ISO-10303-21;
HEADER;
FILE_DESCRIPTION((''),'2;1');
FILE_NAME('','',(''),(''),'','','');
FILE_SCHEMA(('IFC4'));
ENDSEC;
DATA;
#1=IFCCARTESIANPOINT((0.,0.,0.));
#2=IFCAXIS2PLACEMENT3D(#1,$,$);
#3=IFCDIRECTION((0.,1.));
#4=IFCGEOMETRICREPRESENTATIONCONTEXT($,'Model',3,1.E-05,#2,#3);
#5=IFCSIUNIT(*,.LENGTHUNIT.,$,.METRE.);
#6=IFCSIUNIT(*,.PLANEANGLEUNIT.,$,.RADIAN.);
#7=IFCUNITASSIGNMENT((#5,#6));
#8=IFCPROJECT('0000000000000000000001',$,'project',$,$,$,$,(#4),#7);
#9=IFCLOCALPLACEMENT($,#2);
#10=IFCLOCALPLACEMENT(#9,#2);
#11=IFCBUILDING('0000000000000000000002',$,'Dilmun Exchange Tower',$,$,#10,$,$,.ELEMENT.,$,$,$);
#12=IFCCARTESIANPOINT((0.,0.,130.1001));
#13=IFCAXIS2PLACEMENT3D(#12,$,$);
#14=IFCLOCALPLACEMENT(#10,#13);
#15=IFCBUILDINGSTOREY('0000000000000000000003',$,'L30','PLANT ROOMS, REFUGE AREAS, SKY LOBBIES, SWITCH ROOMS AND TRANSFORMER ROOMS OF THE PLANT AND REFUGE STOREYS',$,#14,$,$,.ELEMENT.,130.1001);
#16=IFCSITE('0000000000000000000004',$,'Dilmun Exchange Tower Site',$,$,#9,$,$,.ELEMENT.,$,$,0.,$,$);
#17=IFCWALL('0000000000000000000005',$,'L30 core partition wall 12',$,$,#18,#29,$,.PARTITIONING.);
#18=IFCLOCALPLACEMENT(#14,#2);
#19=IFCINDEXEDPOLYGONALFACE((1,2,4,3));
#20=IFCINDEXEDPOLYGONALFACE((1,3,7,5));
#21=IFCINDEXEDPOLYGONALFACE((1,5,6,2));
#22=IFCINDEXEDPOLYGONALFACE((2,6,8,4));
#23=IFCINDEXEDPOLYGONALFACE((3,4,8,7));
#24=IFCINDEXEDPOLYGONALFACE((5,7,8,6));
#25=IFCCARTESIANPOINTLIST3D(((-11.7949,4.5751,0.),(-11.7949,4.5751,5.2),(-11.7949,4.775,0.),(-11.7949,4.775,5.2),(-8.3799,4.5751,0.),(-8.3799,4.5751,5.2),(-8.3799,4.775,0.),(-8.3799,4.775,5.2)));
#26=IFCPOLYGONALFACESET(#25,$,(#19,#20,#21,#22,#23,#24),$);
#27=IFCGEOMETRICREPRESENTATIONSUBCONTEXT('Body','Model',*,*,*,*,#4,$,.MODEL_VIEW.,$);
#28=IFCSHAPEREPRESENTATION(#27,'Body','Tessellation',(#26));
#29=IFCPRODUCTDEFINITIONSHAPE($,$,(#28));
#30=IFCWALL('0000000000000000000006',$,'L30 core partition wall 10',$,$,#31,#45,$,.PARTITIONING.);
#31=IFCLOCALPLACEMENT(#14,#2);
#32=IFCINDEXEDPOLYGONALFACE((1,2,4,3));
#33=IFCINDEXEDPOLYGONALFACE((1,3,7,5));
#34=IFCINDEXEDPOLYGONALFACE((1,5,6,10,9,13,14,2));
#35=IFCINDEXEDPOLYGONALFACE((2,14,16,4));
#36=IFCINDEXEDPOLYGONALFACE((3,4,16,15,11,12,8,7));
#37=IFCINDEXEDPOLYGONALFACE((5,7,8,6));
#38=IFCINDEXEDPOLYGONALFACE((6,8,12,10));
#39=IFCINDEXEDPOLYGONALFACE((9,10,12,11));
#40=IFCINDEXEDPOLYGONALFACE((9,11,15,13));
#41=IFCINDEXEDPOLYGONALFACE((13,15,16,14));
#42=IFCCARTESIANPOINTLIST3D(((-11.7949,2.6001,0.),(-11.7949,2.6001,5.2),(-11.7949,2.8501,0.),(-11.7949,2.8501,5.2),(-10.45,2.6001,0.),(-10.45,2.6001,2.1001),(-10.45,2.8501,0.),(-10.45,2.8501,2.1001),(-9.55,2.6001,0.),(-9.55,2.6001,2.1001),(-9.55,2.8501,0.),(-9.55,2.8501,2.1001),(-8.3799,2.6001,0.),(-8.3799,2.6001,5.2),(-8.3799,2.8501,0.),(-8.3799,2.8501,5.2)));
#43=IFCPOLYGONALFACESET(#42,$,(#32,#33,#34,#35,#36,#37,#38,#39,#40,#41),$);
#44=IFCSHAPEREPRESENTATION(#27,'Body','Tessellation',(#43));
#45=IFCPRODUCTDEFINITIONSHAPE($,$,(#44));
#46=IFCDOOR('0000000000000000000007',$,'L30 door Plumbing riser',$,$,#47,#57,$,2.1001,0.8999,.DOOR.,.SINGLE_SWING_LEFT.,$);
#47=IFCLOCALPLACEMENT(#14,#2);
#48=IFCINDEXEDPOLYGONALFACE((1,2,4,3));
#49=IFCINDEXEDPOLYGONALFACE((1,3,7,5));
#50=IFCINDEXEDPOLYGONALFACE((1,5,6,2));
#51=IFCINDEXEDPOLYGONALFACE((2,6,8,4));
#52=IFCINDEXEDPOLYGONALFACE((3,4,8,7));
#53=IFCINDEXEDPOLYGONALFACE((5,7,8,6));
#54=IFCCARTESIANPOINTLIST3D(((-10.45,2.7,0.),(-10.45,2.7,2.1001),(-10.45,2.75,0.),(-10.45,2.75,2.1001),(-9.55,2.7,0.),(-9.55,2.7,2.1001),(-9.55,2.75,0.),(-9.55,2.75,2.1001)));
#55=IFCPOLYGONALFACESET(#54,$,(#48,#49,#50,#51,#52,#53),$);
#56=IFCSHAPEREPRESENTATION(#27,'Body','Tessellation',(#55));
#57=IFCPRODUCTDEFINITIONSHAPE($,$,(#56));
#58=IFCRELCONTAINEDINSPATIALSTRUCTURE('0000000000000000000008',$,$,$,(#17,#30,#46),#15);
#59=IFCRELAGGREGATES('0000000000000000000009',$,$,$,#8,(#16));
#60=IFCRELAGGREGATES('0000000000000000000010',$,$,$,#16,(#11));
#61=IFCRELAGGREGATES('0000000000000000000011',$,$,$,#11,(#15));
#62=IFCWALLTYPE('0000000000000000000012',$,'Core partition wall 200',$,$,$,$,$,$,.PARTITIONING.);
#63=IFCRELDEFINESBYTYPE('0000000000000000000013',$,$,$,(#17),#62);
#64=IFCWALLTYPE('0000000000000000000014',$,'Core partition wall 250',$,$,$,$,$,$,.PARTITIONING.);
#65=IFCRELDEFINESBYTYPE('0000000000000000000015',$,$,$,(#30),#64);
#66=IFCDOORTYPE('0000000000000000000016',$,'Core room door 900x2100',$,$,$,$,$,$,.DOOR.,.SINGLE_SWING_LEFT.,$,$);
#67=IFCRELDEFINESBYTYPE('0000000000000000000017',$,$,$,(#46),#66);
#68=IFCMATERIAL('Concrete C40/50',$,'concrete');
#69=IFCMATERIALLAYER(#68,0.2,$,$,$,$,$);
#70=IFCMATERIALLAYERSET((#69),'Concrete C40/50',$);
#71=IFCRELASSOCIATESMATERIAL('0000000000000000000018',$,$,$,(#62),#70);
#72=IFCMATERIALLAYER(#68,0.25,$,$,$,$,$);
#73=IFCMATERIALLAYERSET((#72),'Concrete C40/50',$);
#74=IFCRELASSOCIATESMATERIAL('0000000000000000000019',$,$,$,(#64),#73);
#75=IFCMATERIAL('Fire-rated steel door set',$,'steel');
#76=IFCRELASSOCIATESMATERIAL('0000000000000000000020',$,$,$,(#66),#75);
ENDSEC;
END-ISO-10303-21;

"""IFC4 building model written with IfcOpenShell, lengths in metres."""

from ifc_helpers import new_model, si_unit, direction, frame, frame_2d, origin, place, context, subcontext, project, spatial, rectangle, extrude, material, layer, layer_set, type_object, element, fill, save


model = new_model("IFC4")

# Units and contexts
model_context = context("Model", 3, precision=1e-05, world=origin(), true_north=direction((0.0, 1.0)))
body_context = subcontext(model_context, "Body", "Model", "MODEL_VIEW")
ifc_project = project(units=[si_unit("LENGTHUNIT", "METRE"), si_unit("PLANEANGLEUNIT", "RADIAN")], contexts=[model_context])

# Site, building, storey
site_placement = place(None, origin())
site = spatial("IfcSite", under=ifc_project, at=site_placement, Name="Dilmun Exchange Tower Site", CompositionType="ELEMENT", RefElevation=0.0)
building_placement = place(site_placement, origin())
building = spatial("IfcBuilding", under=site, at=building_placement, Name="Dilmun Exchange Tower", CompositionType="ELEMENT")
storey_placement = place(building_placement, frame((0.0, 0.0, 130.1001)))
storey = spatial("IfcBuildingStorey", under=building, at=storey_placement, Name="L30", Description="PLANT ROOMS, REFUGE AREAS, SKY LOBBIES, SWITCH ROOMS AND TRANSFORMER ROOMS OF THE PLANT AND REFUGE STOREYS", CompositionType="ELEMENT", Elevation=130.1001)

# Wall
ifc_material_1 = material(Name="Concrete C40/50", Category="concrete")
ifc_layer_1 = layer(ifc_material_1, 0.2)
ifc_layer_set_1 = layer_set([ifc_layer_1], Name="Concrete C40/50")
wall_type_1 = type_object("IfcWallType", Name="Core partition wall 200", PredefinedType="PARTITIONING", material=ifc_layer_set_1)
wall_1_placement = place(storey_placement, frame((-11.7949, 4.675, 0.0), z_axis=(0.0, 0.0, 1.0), x_axis=(1.0, 0.0, 0.0)))
element("IfcWall", 1, at=wall_1_placement, inside=storey, type_object=wall_type_1, Name="L30 core partition wall 12", PredefinedType="PARTITIONING", context=body_context, shape_type="SweptSolid", body=[
    extrude(rectangle(XDim=3.415, YDim=0.2, at=frame_2d((1.7075, 0.0))), origin(), (0.0, 0.0, 1.0), 5.2),
])

# Wall, opening, door
ifc_layer_2 = layer(ifc_material_1, 0.25)
ifc_layer_set_2 = layer_set([ifc_layer_2], Name="Concrete C40/50")
wall_type_2 = type_object("IfcWallType", Name="Core partition wall 250", PredefinedType="PARTITIONING", material=ifc_layer_set_2)
wall_2_placement = place(storey_placement, frame((-11.7949, 2.7251, 0.0), z_axis=(0.0, 0.0, 1.0), x_axis=(1.0, 0.0, 0.0)))
wall_2 = element("IfcWall", 2, at=wall_2_placement, inside=storey, type_object=wall_type_2, Name="L30 core partition wall 10", PredefinedType="PARTITIONING", context=body_context, shape_type="SweptSolid", body=[
    extrude(rectangle(XDim=3.415, YDim=0.25, at=frame_2d((1.7075, 0.0))), origin(), (0.0, 0.0, 1.0), 5.2),
])
opening_1_placement = place(wall_2_placement, frame((1.345, 0.0, 0.0)))
opening_1 = element("IfcOpeningElement", 3, at=opening_1_placement, cuts=wall_2, PredefinedType="OPENING", context=body_context, shape_type="SweptSolid", body=[
    extrude(rectangle(XDim=0.8999, YDim=2.1001, at=frame_2d((0.45, 1.05))), frame((0.0, 0.135, 0.0), z_axis=(0.0, -1.0, 0.0), x_axis=(1.0, 0.0, 0.0)), (0.0, 0.0, 1.0), 0.27),
])
ifc_material_2 = material(Name="Fire-rated steel door set", Category="steel")
door_type_1 = type_object("IfcDoorType", Name="Core room door 900x2100", OperationType="SINGLE_SWING_LEFT", PredefinedType="DOOR", material=ifc_material_2)
door_1_placement = place(opening_1_placement, origin())
door_1 = element("IfcDoor", 4, at=door_1_placement, inside=storey, type_object=door_type_1, Name="L30 door Plumbing riser", OperationType="SINGLE_SWING_LEFT", OverallHeight=2.1001, OverallWidth=0.8999, PredefinedType="DOOR", context=body_context, shape_type="SweptSolid", body=[
    extrude(rectangle(XDim=0.8999, YDim=2.1001, at=frame_2d((0.45, 1.05))), frame((0.0, 0.0249, 0.0), z_axis=(0.0, -1.0, 0.0), x_axis=(1.0, 0.0, 0.0)), (0.0, 0.0, 1.0), 0.05),
])
fill(opening_1, door_1)

save(model, "model.ifc")
